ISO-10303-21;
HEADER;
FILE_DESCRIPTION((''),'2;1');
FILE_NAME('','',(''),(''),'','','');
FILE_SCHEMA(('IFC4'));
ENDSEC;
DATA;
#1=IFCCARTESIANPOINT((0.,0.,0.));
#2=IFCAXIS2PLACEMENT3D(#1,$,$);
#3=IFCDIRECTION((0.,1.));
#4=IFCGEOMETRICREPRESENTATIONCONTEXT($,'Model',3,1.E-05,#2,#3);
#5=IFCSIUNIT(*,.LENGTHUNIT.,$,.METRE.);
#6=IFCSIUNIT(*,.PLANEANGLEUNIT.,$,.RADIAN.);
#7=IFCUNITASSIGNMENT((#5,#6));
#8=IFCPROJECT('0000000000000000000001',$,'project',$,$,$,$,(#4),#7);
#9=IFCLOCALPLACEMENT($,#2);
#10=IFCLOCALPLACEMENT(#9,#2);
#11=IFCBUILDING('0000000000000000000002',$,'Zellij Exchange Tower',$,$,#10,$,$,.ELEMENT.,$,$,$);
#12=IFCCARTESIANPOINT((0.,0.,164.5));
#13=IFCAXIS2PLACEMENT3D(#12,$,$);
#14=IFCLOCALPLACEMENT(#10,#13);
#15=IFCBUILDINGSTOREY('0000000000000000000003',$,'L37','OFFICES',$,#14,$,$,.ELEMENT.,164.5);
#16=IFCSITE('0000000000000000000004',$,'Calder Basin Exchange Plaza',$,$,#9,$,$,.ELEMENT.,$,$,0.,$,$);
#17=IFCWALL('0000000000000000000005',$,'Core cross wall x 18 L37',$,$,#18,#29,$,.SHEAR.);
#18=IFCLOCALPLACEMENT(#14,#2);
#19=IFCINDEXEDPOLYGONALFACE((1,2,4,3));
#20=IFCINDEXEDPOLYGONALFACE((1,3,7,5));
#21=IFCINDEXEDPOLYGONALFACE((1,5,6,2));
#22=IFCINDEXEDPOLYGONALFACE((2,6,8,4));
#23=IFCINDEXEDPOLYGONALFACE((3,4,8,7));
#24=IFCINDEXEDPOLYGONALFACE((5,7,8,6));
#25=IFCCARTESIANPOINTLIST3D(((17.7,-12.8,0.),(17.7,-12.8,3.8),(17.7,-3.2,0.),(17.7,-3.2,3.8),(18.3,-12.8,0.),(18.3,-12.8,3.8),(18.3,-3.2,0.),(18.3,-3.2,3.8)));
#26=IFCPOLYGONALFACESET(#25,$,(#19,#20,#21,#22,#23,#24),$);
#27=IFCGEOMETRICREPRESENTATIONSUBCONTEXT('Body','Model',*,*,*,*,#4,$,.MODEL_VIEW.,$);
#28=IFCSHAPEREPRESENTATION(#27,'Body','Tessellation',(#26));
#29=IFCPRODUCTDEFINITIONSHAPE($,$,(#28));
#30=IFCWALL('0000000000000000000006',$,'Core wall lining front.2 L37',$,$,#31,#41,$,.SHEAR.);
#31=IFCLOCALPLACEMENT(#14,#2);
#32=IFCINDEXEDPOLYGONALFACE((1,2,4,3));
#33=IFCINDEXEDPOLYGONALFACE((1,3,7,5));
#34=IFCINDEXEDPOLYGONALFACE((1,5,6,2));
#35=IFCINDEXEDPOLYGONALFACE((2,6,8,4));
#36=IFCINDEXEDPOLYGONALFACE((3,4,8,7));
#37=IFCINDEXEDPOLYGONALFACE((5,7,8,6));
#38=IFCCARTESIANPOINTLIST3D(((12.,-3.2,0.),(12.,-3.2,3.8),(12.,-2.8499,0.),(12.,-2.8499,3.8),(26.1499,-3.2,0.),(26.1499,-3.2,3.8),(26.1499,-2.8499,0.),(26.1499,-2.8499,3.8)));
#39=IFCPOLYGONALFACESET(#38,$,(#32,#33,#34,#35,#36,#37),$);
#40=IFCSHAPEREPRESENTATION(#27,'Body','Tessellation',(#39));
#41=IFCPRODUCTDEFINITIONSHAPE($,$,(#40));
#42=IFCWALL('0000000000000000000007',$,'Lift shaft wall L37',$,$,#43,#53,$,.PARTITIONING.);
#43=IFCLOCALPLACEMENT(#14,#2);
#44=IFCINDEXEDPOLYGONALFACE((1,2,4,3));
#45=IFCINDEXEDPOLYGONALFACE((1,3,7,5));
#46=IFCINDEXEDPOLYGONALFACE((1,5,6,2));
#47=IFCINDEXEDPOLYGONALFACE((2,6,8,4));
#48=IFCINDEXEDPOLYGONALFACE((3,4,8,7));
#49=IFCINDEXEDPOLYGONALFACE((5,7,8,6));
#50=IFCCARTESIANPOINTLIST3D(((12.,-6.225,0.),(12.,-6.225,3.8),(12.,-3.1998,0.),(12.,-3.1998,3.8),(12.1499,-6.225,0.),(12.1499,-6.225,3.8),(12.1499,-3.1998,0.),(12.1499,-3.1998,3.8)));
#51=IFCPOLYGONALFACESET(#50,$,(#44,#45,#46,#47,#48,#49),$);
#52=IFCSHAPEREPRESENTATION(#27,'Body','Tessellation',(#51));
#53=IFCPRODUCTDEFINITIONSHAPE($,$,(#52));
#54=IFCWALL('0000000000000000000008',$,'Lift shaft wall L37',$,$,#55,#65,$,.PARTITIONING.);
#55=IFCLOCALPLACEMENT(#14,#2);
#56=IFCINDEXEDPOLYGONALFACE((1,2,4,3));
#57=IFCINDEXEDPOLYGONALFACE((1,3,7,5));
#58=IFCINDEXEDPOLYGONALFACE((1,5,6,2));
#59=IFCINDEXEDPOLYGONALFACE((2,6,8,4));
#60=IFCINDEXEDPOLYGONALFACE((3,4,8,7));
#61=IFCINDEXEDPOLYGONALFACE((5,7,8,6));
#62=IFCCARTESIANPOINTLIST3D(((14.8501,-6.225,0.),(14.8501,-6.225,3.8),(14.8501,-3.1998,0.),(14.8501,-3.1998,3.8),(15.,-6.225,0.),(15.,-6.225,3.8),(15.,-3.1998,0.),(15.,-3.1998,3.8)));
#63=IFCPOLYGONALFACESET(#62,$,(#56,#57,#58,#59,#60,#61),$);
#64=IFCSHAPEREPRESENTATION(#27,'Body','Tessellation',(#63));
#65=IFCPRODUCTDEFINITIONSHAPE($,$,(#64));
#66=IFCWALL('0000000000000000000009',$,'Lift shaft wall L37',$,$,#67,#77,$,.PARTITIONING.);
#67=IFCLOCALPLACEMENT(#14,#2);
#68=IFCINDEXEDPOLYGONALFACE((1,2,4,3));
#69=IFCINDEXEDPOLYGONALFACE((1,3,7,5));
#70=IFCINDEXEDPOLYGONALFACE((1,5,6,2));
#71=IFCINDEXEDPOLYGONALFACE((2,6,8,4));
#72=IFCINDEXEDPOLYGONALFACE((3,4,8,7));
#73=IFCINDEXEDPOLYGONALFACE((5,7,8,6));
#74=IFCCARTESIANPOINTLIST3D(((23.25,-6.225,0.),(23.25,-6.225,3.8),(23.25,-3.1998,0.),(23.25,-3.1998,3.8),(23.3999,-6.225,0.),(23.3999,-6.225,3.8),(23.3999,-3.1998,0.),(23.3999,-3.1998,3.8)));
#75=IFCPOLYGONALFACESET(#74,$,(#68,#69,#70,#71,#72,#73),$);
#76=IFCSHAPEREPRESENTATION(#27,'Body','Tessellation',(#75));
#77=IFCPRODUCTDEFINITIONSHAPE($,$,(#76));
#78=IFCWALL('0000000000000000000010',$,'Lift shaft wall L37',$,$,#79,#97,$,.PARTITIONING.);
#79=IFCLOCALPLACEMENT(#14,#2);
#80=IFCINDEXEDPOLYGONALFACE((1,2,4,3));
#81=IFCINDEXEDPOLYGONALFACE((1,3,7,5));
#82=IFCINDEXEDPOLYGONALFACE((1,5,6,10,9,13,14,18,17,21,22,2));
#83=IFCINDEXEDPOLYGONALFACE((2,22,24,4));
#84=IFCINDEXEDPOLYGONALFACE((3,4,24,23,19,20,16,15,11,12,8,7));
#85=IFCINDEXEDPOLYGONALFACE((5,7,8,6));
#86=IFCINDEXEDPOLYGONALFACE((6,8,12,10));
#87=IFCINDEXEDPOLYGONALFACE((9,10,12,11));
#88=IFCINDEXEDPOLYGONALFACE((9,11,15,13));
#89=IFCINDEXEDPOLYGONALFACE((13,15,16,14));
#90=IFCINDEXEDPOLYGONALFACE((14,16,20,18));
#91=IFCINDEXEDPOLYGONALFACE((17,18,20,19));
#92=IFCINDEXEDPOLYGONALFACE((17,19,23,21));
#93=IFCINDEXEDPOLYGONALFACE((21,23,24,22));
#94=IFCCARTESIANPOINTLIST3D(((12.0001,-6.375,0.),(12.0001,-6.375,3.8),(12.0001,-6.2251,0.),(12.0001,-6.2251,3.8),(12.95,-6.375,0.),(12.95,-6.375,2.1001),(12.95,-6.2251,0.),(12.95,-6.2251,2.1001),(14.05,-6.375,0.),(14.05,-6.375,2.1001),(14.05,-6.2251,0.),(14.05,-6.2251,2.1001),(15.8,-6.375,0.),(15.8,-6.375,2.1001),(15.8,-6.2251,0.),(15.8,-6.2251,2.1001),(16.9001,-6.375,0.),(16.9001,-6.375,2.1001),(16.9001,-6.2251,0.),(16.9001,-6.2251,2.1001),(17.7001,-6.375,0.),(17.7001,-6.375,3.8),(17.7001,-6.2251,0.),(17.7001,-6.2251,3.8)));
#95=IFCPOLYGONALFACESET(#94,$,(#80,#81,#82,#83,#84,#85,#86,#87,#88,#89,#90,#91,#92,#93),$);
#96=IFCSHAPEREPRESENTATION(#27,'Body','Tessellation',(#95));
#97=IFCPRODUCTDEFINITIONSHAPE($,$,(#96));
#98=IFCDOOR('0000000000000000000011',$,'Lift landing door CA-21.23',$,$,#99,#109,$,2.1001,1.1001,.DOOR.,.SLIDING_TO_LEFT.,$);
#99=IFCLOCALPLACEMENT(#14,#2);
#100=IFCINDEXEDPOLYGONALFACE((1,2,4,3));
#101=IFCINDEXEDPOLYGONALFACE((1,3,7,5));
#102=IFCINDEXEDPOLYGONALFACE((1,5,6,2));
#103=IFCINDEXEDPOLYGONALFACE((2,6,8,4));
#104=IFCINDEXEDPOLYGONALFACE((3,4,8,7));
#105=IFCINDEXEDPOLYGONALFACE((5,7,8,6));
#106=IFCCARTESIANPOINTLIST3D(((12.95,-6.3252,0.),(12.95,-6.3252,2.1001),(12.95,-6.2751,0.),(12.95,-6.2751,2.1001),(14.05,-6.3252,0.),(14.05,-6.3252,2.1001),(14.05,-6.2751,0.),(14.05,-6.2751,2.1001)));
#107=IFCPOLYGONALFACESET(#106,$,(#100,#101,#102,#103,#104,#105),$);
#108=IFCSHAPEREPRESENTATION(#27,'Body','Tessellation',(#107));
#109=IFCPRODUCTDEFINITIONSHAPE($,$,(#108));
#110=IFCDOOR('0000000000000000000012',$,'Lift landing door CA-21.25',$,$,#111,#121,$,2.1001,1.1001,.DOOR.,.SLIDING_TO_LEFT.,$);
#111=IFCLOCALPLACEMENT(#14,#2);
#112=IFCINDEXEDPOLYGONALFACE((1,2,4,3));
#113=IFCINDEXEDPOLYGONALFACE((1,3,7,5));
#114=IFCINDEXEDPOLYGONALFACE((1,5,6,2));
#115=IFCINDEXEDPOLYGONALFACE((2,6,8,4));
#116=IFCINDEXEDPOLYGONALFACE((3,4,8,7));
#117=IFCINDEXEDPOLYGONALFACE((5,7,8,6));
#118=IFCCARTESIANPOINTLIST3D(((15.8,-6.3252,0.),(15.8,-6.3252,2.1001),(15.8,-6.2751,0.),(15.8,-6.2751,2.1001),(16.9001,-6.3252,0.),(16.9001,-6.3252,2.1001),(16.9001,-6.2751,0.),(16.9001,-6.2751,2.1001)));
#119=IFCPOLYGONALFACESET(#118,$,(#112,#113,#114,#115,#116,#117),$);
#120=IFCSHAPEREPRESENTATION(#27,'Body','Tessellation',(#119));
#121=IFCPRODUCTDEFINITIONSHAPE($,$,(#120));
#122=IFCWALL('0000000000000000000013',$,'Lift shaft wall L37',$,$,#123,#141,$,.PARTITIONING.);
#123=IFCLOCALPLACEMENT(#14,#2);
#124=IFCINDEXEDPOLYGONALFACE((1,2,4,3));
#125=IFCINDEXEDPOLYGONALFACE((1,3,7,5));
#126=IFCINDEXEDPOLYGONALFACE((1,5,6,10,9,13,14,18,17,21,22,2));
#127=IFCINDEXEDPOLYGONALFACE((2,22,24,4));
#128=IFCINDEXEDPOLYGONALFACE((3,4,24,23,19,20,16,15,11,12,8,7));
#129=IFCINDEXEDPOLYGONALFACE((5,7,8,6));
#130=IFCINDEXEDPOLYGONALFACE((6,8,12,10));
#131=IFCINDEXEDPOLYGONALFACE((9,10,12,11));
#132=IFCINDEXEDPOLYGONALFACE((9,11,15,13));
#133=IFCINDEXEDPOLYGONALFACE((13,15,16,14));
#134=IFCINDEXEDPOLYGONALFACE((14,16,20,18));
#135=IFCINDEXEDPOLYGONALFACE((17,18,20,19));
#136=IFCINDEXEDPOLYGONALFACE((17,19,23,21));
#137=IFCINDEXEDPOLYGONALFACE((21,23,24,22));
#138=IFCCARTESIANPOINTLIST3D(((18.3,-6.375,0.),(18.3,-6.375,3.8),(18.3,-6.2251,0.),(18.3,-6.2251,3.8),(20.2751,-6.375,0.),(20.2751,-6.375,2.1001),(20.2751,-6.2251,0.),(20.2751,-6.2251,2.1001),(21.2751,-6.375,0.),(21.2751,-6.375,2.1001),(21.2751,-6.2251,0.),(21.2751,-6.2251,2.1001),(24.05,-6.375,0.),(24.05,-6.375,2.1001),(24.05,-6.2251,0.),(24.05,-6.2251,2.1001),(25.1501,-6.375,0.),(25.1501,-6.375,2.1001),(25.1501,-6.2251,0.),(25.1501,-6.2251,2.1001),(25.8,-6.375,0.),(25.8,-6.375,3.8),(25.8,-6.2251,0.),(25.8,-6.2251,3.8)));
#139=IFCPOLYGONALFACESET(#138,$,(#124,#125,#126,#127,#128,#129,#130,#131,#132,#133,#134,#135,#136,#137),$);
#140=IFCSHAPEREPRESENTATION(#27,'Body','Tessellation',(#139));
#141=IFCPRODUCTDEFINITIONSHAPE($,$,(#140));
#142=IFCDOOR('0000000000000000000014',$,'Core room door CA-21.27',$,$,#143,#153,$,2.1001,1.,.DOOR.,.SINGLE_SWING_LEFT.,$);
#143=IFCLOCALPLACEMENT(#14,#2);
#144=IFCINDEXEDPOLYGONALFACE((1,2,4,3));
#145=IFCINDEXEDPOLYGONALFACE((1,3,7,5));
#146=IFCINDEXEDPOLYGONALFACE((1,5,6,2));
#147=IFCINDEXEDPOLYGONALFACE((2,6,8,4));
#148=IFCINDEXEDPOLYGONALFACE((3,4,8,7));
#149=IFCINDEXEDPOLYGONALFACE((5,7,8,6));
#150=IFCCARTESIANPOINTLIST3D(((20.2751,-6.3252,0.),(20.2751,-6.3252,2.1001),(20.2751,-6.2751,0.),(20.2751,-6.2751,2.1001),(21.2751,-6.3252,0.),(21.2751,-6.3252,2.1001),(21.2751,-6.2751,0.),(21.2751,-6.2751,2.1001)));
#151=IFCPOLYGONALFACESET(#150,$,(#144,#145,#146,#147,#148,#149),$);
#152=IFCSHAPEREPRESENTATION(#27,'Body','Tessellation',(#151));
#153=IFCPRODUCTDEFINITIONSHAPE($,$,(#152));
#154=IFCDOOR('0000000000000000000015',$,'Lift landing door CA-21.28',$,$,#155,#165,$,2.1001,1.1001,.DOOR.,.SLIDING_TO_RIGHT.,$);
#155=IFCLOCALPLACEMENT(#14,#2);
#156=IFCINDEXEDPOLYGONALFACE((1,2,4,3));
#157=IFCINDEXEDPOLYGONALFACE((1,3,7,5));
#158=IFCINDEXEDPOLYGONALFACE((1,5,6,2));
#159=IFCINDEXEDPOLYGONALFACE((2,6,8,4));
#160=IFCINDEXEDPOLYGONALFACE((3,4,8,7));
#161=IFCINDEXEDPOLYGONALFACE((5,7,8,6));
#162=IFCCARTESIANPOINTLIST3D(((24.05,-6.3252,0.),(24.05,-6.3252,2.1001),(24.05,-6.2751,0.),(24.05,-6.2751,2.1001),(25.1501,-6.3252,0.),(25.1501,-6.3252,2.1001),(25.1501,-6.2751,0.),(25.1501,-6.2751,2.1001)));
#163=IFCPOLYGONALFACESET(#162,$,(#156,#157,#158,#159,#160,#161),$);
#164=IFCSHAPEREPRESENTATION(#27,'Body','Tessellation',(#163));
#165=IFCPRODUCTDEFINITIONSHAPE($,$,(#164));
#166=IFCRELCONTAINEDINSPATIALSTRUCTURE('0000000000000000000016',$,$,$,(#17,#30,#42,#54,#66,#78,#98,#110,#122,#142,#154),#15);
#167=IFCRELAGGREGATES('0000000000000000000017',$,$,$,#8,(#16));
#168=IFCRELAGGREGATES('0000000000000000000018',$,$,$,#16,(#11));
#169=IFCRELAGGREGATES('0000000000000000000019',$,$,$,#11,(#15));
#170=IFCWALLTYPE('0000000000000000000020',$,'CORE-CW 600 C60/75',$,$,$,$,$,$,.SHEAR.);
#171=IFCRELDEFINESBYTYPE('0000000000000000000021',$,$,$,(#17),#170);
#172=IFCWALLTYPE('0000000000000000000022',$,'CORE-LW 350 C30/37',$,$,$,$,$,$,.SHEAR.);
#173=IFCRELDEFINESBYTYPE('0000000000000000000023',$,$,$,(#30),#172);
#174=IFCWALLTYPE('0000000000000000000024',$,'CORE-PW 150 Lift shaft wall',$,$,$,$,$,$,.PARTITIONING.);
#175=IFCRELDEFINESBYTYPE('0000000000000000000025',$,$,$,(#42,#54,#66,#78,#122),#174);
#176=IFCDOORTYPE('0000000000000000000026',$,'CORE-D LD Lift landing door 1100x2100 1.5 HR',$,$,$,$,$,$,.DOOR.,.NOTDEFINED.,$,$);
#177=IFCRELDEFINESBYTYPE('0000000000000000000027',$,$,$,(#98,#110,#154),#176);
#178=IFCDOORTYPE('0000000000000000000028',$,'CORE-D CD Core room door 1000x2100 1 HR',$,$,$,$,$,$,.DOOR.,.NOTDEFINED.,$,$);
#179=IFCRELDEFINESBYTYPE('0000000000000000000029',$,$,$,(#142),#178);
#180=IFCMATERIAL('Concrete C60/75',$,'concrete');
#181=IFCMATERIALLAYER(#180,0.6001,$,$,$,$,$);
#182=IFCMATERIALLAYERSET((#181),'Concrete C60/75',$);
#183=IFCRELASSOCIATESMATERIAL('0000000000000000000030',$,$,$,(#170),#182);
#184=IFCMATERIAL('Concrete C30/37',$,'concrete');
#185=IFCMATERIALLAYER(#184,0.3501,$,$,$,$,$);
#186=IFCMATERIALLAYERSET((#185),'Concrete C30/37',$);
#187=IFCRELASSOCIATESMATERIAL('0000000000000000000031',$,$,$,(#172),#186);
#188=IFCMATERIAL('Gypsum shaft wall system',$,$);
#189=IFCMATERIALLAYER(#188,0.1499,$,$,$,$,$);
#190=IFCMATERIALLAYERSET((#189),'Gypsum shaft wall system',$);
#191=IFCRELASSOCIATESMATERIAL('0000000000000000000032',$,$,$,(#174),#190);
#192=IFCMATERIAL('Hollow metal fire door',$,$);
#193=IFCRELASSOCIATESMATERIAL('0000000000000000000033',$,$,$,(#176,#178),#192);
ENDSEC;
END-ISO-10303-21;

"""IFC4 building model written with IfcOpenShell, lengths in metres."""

from ifc_helpers import new_model, si_unit, direction, frame, frame_2d, origin, place, context, subcontext, project, spatial, rectangle, extrude, material, layer, layer_set, type_object, element, fill, save


model = new_model("IFC4")

# Units and contexts
model_context = context("Model", 3, precision=1e-05, world=origin(), true_north=direction((0.0, 1.0)))
body_context = subcontext(model_context, "Body", "Model", "MODEL_VIEW")
ifc_project = project(units=[si_unit("LENGTHUNIT", "METRE"), si_unit("PLANEANGLEUNIT", "RADIAN")], contexts=[model_context])

# Site, building, storey
site_placement = place(None, origin())
site = spatial("IfcSite", under=ifc_project, at=site_placement, Name="Calder Basin Exchange Plaza", CompositionType="ELEMENT", RefElevation=0.0)
building_placement = place(site_placement, origin())
building = spatial("IfcBuilding", under=site, at=building_placement, Name="Zellij Exchange Tower", CompositionType="ELEMENT")
storey_placement = place(building_placement, frame((0.0, 0.0, 164.5)))
storey = spatial("IfcBuildingStorey", under=building, at=storey_placement, Name="L37", Description="OFFICES", CompositionType="ELEMENT", Elevation=164.5)

# Walls
ifc_material_1 = material(Name="Concrete C60/75", Category="concrete")
ifc_layer_1 = layer(ifc_material_1, 0.6001)
ifc_layer_set_1 = layer_set([ifc_layer_1], Name="Concrete C60/75")
wall_type_1 = type_object("IfcWallType", Name="CORE-CW 600 C60/75", PredefinedType="SHEAR", material=ifc_layer_set_1)
wall_1_placement = place(storey_placement, frame((18.0, -12.8, 0.0), z_axis=(0.0, 0.0, 1.0), x_axis=(0.0, 1.0, 0.0)))
element("IfcWall", 1, at=wall_1_placement, inside=storey, type_object=wall_type_1, Name="Core cross wall x 18 L37", PredefinedType="SHEAR", context=body_context, shape_type="SweptSolid", body=[
    extrude(rectangle(XDim=9.6001, YDim=0.6001, at=frame_2d((4.8, 0.0))), origin(), (0.0, 0.0, 1.0), 3.8),
])
ifc_material_2 = material(Name="Concrete C30/37", Category="concrete")
ifc_layer_2 = layer(ifc_material_2, 0.3501)
ifc_layer_set_2 = layer_set([ifc_layer_2], Name="Concrete C30/37")
wall_type_2 = type_object("IfcWallType", Name="CORE-LW 350 C30/37", PredefinedType="SHEAR", material=ifc_layer_set_2)
wall_2_placement = place(storey_placement, frame((12.0, -3.0249, 0.0), z_axis=(0.0, 0.0, 1.0), x_axis=(1.0, 0.0, 0.0)))
element("IfcWall", 2, at=wall_2_placement, inside=storey, type_object=wall_type_2, Name="Core wall lining front.2 L37", PredefinedType="SHEAR", context=body_context, shape_type="SweptSolid", body=[
    extrude(rectangle(XDim=14.1499, YDim=0.3501, at=frame_2d((7.075, 0.0))), origin(), (0.0, 0.0, 1.0), 3.8),
])
ifc_material_3 = material(Name="Gypsum shaft wall system")
ifc_layer_3 = layer(ifc_material_3, 0.1499)
ifc_layer_set_3 = layer_set([ifc_layer_3], Name="Gypsum shaft wall system")
wall_type_3 = type_object("IfcWallType", Name="CORE-PW 150 Lift shaft wall", PredefinedType="PARTITIONING", material=ifc_layer_set_3)
for number, where, z_axis, x_axis, name in (
    (3, (12.075, -6.2251, 0.0), (0.0, 0.0, 1.0), (0.0, 1.0, 0.0), "Lift shaft wall L37"),
    (4, (14.925, -6.2251, 0.0), (0.0, 0.0, 1.0), (0.0, 1.0, 0.0), "Lift shaft wall L37"),
    (5, (23.325, -6.2251, 0.0), (0.0, 0.0, 1.0), (0.0, 1.0, 0.0), "Lift shaft wall L37"),
):
    element("IfcWall", number, at=place(storey_placement, frame(where, z_axis=z_axis, x_axis=x_axis)), inside=storey, type_object=wall_type_3, Name=name, PredefinedType="PARTITIONING", context=body_context, shape_type="SweptSolid", body=[
        extrude(rectangle(XDim=3.0251, YDim=0.1499, at=frame_2d((1.5127, 0.0))), origin(), (0.0, 0.0, 1.0), 3.8),
    ])

# Walls, openings, doors
wall_3_placement = place(storey_placement, frame((12.0, -6.3, 0.0), z_axis=(0.0, 0.0, 1.0), x_axis=(1.0, 0.0, 0.0)))
wall_3 = element("IfcWall", 6, at=wall_3_placement, inside=storey, type_object=wall_type_3, Name="Lift shaft wall L37", PredefinedType="PARTITIONING", context=body_context, shape_type="SweptSolid", body=[
    extrude(rectangle(XDim=5.7, YDim=0.1499, at=frame_2d((2.8501, 0.0))), origin(), (0.0, 0.0, 1.0), 3.8),
])
opening_1_placement = place(wall_3_placement, frame((0.95, 0.0, 0.0)))
opening_1 = element("IfcOpeningElement", 7, at=opening_1_placement, cuts=wall_3, PredefinedType="OPENING", context=body_context, shape_type="SweptSolid", body=[
    extrude(rectangle(XDim=1.1001, YDim=2.1001, at=frame_2d((0.55, 1.05))), frame((0.0, 0.0869, 0.0), z_axis=(0.0, -1.0, 0.0), x_axis=(1.0, 0.0, 0.0)), (0.0, 0.0, 1.0), 0.1738),
])
opening_2_placement = place(wall_3_placement, frame((3.8, 0.0, 0.0)))
opening_2 = element("IfcOpeningElement", 8, at=opening_2_placement, cuts=wall_3, PredefinedType="OPENING", context=body_context, shape_type="SweptSolid", body=[
    extrude(rectangle(XDim=1.1001, YDim=2.1001, at=frame_2d((0.55, 1.05))), frame((0.0, 0.0869, 0.0), z_axis=(0.0, -1.0, 0.0), x_axis=(1.0, 0.0, 0.0)), (0.0, 0.0, 1.0), 0.1738),
])
ifc_material_4 = material(Name="Hollow metal fire door")
door_type_1 = type_object("IfcDoorType", Name="CORE-D LD Lift landing door 1100x2100 1.5 HR", OperationType="NOTDEFINED", PredefinedType="DOOR", material=ifc_material_4)
door_1_placement = place(opening_1_placement, origin())
door_1 = element("IfcDoor", 9, at=door_1_placement, inside=storey, type_object=door_type_1, Name="Lift landing door CA-21.23", OperationType="SLIDING_TO_LEFT", OverallHeight=2.1001, OverallWidth=1.1001, PredefinedType="DOOR", context=body_context, shape_type="SweptSolid", body=[
    extrude(rectangle(XDim=1.1001, YDim=2.1001, at=frame_2d((0.55, 1.05))), frame((0.0, 0.0249, 0.0), z_axis=(0.0, -1.0, 0.0), x_axis=(1.0, 0.0, 0.0)), (0.0, 0.0, 1.0), 0.05),
])
fill(opening_1, door_1)
door_2_placement = place(opening_2_placement, origin())
door_2 = element("IfcDoor", 10, at=door_2_placement, inside=storey, type_object=door_type_1, Name="Lift landing door CA-21.25", OperationType="SLIDING_TO_LEFT", OverallHeight=2.1001, OverallWidth=1.1001, PredefinedType="DOOR", context=body_context, shape_type="SweptSolid", body=[
    extrude(rectangle(XDim=1.1001, YDim=2.1001, at=frame_2d((0.55, 1.05))), frame((0.0, 0.0249, 0.0), z_axis=(0.0, -1.0, 0.0), x_axis=(1.0, 0.0, 0.0)), (0.0, 0.0, 1.0), 0.05),
])
fill(opening_2, door_2)
wall_4_placement = place(storey_placement, frame((18.3, -6.3, 0.0), z_axis=(0.0, 0.0, 1.0), x_axis=(1.0, 0.0, 0.0)))
wall_4 = element("IfcWall", 11, at=wall_4_placement, inside=storey, type_object=wall_type_3, Name="Lift shaft wall L37", PredefinedType="PARTITIONING", context=body_context, shape_type="SweptSolid", body=[
    extrude(rectangle(XDim=7.5, YDim=0.1499, at=frame_2d((3.75, 0.0))), origin(), (0.0, 0.0, 1.0), 3.8),
])
opening_3_placement = place(wall_4_placement, frame((1.9751, 0.0, 0.0)))
opening_3 = element("IfcOpeningElement", 12, at=opening_3_placement, cuts=wall_4, PredefinedType="OPENING", context=body_context, shape_type="SweptSolid", body=[
    extrude(rectangle(XDim=1.0, YDim=2.1001, at=frame_2d((0.5, 1.05))), frame((0.0, 0.0869, 0.0), z_axis=(0.0, -1.0, 0.0), x_axis=(1.0, 0.0, 0.0)), (0.0, 0.0, 1.0), 0.1738),
])
opening_4_placement = place(wall_4_placement, frame((5.75, 0.0, 0.0)))
opening_4 = element("IfcOpeningElement", 13, at=opening_4_placement, cuts=wall_4, PredefinedType="OPENING", context=body_context, shape_type="SweptSolid", body=[
    extrude(rectangle(XDim=1.1001, YDim=2.1001, at=frame_2d((0.55, 1.05))), frame((0.0, 0.0869, 0.0), z_axis=(0.0, -1.0, 0.0), x_axis=(1.0, 0.0, 0.0)), (0.0, 0.0, 1.0), 0.1738),
])
door_type_2 = type_object("IfcDoorType", Name="CORE-D CD Core room door 1000x2100 1 HR", OperationType="NOTDEFINED", PredefinedType="DOOR", material=ifc_material_4)
door_3_placement = place(opening_3_placement, origin())
door_3 = element("IfcDoor", 14, at=door_3_placement, inside=storey, type_object=door_type_2, Name="Core room door CA-21.27", OperationType="SINGLE_SWING_LEFT", OverallHeight=2.1001, OverallWidth=1.0, PredefinedType="DOOR", context=body_context, shape_type="SweptSolid", body=[
    extrude(rectangle(XDim=1.0, YDim=2.1001, at=frame_2d((0.5, 1.05))), frame((0.0, 0.0249, 0.0), z_axis=(0.0, -1.0, 0.0), x_axis=(1.0, 0.0, 0.0)), (0.0, 0.0, 1.0), 0.05),
])
fill(opening_3, door_3)
door_4_placement = place(opening_4_placement, origin())
door_4 = element("IfcDoor", 15, at=door_4_placement, inside=storey, type_object=door_type_1, Name="Lift landing door CA-21.28", OperationType="SLIDING_TO_RIGHT", OverallHeight=2.1001, OverallWidth=1.1001, PredefinedType="DOOR", context=body_context, shape_type="SweptSolid", body=[
    extrude(rectangle(XDim=1.1001, YDim=2.1001, at=frame_2d((0.55, 1.05))), frame((0.0, 0.0249, 0.0), z_axis=(0.0, -1.0, 0.0), x_axis=(1.0, 0.0, 0.0)), (0.0, 0.0, 1.0), 0.05),
])
fill(opening_4, door_4)

save(model, "model.ifc")
